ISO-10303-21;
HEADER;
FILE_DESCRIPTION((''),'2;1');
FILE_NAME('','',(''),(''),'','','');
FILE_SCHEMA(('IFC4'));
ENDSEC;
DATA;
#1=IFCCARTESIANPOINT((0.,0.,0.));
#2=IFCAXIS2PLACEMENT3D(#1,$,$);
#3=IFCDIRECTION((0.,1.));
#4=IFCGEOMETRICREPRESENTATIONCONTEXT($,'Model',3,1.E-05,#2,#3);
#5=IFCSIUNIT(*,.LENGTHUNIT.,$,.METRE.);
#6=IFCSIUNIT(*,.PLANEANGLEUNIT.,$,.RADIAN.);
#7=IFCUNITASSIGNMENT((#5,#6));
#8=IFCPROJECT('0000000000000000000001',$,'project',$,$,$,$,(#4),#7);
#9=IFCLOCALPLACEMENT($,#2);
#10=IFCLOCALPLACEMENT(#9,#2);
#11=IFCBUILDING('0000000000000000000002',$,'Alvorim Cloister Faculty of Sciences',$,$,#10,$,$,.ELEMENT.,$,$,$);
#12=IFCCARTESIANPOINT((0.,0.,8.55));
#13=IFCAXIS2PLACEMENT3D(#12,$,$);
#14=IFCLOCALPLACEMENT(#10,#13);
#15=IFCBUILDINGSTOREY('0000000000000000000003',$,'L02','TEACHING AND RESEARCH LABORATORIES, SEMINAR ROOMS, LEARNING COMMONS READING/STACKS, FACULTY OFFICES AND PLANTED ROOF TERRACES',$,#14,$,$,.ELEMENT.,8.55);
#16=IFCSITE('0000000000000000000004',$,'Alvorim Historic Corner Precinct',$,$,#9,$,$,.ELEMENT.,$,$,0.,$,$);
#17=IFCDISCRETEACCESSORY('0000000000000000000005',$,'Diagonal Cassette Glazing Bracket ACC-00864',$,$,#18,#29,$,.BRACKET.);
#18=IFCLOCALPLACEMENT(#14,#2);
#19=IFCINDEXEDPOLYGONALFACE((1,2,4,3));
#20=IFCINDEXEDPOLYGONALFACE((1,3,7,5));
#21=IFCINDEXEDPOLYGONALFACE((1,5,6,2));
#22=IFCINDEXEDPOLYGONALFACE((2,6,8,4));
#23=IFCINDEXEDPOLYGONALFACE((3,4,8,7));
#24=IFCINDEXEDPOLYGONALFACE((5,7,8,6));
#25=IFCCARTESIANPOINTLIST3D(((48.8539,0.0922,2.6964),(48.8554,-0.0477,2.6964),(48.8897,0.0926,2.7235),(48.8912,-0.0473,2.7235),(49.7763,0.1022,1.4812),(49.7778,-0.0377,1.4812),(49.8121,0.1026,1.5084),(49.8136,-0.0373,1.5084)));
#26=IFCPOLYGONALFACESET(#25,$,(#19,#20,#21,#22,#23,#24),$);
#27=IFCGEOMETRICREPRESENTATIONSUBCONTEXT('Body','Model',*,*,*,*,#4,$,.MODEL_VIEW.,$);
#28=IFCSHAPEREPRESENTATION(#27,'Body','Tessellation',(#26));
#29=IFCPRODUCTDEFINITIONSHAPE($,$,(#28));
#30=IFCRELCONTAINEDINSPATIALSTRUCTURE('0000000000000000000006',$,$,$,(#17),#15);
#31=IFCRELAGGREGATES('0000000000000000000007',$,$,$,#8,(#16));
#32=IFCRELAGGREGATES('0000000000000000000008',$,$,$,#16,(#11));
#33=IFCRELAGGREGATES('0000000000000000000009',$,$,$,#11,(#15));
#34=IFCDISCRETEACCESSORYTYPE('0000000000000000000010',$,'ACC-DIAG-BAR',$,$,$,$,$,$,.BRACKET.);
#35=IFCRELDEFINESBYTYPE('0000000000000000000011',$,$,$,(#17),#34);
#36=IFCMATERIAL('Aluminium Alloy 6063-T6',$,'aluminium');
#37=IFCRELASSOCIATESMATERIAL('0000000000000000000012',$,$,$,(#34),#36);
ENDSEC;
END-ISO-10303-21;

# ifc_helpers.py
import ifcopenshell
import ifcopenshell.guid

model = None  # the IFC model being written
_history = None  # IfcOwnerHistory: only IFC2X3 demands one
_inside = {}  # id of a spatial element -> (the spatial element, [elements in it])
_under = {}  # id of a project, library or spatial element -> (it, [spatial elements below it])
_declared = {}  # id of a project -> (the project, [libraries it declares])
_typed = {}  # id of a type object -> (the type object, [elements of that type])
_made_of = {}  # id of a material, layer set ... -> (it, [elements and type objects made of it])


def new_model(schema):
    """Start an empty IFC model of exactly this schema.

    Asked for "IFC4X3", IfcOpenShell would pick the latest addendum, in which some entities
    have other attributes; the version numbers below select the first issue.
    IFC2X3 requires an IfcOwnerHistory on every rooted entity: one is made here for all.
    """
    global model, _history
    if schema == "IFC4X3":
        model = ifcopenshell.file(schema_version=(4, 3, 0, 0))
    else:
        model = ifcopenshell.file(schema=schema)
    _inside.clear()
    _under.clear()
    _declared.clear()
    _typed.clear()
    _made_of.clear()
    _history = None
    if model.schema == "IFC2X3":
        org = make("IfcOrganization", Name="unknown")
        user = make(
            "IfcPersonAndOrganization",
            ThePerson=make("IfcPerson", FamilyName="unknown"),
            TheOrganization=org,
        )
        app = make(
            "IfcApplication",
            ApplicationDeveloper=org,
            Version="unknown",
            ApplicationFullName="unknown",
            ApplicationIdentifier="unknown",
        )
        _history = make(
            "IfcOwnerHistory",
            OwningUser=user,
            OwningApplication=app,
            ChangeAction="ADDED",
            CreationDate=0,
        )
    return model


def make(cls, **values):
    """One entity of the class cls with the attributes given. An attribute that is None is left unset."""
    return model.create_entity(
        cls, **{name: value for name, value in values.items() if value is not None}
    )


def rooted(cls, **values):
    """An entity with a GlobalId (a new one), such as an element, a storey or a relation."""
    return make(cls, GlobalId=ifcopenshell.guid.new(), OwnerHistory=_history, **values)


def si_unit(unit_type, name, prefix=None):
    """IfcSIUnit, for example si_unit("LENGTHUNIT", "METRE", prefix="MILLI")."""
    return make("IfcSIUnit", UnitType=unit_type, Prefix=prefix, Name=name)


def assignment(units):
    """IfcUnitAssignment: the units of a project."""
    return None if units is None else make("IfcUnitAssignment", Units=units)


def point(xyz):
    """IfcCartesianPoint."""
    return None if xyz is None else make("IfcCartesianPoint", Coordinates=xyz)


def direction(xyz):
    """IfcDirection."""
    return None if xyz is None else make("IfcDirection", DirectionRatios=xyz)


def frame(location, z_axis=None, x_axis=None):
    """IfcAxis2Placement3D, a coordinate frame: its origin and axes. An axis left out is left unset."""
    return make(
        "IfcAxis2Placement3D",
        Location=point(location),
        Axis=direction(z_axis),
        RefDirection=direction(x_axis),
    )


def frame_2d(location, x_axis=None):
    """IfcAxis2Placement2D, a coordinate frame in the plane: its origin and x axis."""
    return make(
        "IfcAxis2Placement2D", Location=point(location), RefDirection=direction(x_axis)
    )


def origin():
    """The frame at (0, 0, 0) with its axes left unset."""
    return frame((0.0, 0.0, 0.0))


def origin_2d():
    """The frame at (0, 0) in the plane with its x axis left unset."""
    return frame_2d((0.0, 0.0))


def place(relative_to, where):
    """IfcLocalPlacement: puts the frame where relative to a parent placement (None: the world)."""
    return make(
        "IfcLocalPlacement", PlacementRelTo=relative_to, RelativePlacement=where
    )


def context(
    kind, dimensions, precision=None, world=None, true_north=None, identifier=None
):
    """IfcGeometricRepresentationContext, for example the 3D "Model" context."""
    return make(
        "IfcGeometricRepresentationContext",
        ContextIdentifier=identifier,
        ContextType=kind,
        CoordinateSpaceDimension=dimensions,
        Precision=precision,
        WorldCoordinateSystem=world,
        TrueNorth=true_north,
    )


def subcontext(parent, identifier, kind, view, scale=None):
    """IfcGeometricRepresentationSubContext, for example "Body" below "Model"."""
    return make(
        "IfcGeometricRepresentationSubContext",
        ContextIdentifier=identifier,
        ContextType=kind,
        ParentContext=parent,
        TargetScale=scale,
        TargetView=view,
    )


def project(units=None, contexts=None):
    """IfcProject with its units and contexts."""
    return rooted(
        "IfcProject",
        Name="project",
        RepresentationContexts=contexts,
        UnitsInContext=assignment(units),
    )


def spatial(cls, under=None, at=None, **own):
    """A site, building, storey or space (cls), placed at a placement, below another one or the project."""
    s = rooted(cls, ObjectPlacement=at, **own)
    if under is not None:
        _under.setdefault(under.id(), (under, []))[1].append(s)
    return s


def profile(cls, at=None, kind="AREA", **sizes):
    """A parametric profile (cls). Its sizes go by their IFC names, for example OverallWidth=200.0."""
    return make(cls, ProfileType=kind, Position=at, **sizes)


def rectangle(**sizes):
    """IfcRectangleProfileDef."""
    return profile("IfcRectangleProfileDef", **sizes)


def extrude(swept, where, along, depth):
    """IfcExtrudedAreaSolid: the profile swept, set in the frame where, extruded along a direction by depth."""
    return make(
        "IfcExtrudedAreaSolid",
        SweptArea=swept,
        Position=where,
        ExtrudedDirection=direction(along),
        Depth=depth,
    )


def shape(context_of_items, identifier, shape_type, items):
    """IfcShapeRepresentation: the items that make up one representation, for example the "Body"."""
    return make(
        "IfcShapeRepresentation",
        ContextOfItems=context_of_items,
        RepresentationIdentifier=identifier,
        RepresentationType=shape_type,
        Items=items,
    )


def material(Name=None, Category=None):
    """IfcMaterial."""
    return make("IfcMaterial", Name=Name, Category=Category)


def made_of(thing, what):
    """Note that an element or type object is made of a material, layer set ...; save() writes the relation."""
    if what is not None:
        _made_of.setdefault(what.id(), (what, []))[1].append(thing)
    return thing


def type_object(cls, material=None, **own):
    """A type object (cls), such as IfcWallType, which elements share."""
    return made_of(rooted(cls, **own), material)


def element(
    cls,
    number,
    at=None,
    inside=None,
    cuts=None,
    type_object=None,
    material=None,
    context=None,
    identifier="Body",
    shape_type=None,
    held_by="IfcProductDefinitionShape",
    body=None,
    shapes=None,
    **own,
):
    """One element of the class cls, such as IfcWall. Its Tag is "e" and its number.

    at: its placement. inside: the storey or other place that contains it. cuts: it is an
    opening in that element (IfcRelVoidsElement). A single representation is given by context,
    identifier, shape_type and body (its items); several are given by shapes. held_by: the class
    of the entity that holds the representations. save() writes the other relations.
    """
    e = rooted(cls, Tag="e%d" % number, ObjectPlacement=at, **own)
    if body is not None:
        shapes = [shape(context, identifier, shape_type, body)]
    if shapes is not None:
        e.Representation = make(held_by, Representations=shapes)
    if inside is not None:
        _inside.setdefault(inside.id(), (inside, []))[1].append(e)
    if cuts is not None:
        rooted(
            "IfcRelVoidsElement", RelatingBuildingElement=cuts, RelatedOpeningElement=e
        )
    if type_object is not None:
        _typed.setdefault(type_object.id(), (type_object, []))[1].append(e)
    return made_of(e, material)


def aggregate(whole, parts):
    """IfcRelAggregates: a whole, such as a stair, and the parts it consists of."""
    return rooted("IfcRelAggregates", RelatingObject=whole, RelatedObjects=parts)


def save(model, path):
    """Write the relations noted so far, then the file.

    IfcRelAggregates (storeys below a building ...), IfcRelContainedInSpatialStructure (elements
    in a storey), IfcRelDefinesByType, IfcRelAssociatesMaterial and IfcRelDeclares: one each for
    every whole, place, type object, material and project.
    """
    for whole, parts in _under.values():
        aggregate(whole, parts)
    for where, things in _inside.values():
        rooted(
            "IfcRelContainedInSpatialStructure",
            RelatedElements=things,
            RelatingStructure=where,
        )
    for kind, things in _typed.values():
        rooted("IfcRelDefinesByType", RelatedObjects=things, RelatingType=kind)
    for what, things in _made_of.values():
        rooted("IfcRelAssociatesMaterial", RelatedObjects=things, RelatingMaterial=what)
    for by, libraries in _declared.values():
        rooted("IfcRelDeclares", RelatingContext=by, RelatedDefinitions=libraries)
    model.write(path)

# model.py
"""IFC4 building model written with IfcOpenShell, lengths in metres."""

from ifc_helpers import new_model, si_unit, direction, frame, origin, origin_2d, place, context, subcontext, project, spatial, rectangle, extrude, material, type_object, element, save


model = new_model("IFC4")

# Units and contexts
model_context = context("Model", 3, precision=1e-05, world=origin(), true_north=direction((0.0, 1.0)))
body_context = subcontext(model_context, "Body", "Model", "MODEL_VIEW")
ifc_project = project(units=[si_unit("LENGTHUNIT", "METRE"), si_unit("PLANEANGLEUNIT", "RADIAN")], contexts=[model_context])

# Site, building, storey
site_placement = place(None, origin())
site = spatial("IfcSite", under=ifc_project, at=site_placement, Name="Alvorim Historic Corner Precinct", CompositionType="ELEMENT", RefElevation=0.0)
building_placement = place(site_placement, origin())
building = spatial("IfcBuilding", under=site, at=building_placement, Name="Alvorim Cloister Faculty of Sciences", CompositionType="ELEMENT")
storey_placement = place(building_placement, frame((0.0, 0.0, 8.55)))
storey = spatial("IfcBuildingStorey", under=building, at=storey_placement, Name="L02", Description="TEACHING AND RESEARCH LABORATORIES, SEMINAR ROOMS, LEARNING COMMONS READING/STACKS, FACULTY OFFICES AND PLANTED ROOF TERRACES", CompositionType="ELEMENT", Elevation=8.55)

# Discrete accessory
ifc_material_1 = material(Name="Aluminium Alloy 6063-T6", Category="aluminium")
discrete_accessory_type = type_object("IfcDiscreteAccessoryType", Name="ACC-DIAG-BAR", PredefinedType="BRACKET", material=ifc_material_1)
for number, where, z_axis, x_axis, name in (
    (1, (48.8726, 0.0225, 2.71), (0.604612, 0.006561, -0.796493), (-0.010852, 0.999941, 0.0), "Diagonal Cassette Glazing Bracket ACC-00864"),
):
    element("IfcDiscreteAccessory", number, at=place(storey_placement, frame(where, z_axis=z_axis, x_axis=x_axis)), inside=storey, type_object=discrete_accessory_type, Name=name, PredefinedType="BRACKET", context=body_context, shape_type="SweptSolid", body=[
        extrude(rectangle(XDim=0.1399, YDim=0.0449, at=origin_2d()), origin(), (0.0, 0.0, 1.0), 1.5256),
    ])

save(model, "model.ifc")
